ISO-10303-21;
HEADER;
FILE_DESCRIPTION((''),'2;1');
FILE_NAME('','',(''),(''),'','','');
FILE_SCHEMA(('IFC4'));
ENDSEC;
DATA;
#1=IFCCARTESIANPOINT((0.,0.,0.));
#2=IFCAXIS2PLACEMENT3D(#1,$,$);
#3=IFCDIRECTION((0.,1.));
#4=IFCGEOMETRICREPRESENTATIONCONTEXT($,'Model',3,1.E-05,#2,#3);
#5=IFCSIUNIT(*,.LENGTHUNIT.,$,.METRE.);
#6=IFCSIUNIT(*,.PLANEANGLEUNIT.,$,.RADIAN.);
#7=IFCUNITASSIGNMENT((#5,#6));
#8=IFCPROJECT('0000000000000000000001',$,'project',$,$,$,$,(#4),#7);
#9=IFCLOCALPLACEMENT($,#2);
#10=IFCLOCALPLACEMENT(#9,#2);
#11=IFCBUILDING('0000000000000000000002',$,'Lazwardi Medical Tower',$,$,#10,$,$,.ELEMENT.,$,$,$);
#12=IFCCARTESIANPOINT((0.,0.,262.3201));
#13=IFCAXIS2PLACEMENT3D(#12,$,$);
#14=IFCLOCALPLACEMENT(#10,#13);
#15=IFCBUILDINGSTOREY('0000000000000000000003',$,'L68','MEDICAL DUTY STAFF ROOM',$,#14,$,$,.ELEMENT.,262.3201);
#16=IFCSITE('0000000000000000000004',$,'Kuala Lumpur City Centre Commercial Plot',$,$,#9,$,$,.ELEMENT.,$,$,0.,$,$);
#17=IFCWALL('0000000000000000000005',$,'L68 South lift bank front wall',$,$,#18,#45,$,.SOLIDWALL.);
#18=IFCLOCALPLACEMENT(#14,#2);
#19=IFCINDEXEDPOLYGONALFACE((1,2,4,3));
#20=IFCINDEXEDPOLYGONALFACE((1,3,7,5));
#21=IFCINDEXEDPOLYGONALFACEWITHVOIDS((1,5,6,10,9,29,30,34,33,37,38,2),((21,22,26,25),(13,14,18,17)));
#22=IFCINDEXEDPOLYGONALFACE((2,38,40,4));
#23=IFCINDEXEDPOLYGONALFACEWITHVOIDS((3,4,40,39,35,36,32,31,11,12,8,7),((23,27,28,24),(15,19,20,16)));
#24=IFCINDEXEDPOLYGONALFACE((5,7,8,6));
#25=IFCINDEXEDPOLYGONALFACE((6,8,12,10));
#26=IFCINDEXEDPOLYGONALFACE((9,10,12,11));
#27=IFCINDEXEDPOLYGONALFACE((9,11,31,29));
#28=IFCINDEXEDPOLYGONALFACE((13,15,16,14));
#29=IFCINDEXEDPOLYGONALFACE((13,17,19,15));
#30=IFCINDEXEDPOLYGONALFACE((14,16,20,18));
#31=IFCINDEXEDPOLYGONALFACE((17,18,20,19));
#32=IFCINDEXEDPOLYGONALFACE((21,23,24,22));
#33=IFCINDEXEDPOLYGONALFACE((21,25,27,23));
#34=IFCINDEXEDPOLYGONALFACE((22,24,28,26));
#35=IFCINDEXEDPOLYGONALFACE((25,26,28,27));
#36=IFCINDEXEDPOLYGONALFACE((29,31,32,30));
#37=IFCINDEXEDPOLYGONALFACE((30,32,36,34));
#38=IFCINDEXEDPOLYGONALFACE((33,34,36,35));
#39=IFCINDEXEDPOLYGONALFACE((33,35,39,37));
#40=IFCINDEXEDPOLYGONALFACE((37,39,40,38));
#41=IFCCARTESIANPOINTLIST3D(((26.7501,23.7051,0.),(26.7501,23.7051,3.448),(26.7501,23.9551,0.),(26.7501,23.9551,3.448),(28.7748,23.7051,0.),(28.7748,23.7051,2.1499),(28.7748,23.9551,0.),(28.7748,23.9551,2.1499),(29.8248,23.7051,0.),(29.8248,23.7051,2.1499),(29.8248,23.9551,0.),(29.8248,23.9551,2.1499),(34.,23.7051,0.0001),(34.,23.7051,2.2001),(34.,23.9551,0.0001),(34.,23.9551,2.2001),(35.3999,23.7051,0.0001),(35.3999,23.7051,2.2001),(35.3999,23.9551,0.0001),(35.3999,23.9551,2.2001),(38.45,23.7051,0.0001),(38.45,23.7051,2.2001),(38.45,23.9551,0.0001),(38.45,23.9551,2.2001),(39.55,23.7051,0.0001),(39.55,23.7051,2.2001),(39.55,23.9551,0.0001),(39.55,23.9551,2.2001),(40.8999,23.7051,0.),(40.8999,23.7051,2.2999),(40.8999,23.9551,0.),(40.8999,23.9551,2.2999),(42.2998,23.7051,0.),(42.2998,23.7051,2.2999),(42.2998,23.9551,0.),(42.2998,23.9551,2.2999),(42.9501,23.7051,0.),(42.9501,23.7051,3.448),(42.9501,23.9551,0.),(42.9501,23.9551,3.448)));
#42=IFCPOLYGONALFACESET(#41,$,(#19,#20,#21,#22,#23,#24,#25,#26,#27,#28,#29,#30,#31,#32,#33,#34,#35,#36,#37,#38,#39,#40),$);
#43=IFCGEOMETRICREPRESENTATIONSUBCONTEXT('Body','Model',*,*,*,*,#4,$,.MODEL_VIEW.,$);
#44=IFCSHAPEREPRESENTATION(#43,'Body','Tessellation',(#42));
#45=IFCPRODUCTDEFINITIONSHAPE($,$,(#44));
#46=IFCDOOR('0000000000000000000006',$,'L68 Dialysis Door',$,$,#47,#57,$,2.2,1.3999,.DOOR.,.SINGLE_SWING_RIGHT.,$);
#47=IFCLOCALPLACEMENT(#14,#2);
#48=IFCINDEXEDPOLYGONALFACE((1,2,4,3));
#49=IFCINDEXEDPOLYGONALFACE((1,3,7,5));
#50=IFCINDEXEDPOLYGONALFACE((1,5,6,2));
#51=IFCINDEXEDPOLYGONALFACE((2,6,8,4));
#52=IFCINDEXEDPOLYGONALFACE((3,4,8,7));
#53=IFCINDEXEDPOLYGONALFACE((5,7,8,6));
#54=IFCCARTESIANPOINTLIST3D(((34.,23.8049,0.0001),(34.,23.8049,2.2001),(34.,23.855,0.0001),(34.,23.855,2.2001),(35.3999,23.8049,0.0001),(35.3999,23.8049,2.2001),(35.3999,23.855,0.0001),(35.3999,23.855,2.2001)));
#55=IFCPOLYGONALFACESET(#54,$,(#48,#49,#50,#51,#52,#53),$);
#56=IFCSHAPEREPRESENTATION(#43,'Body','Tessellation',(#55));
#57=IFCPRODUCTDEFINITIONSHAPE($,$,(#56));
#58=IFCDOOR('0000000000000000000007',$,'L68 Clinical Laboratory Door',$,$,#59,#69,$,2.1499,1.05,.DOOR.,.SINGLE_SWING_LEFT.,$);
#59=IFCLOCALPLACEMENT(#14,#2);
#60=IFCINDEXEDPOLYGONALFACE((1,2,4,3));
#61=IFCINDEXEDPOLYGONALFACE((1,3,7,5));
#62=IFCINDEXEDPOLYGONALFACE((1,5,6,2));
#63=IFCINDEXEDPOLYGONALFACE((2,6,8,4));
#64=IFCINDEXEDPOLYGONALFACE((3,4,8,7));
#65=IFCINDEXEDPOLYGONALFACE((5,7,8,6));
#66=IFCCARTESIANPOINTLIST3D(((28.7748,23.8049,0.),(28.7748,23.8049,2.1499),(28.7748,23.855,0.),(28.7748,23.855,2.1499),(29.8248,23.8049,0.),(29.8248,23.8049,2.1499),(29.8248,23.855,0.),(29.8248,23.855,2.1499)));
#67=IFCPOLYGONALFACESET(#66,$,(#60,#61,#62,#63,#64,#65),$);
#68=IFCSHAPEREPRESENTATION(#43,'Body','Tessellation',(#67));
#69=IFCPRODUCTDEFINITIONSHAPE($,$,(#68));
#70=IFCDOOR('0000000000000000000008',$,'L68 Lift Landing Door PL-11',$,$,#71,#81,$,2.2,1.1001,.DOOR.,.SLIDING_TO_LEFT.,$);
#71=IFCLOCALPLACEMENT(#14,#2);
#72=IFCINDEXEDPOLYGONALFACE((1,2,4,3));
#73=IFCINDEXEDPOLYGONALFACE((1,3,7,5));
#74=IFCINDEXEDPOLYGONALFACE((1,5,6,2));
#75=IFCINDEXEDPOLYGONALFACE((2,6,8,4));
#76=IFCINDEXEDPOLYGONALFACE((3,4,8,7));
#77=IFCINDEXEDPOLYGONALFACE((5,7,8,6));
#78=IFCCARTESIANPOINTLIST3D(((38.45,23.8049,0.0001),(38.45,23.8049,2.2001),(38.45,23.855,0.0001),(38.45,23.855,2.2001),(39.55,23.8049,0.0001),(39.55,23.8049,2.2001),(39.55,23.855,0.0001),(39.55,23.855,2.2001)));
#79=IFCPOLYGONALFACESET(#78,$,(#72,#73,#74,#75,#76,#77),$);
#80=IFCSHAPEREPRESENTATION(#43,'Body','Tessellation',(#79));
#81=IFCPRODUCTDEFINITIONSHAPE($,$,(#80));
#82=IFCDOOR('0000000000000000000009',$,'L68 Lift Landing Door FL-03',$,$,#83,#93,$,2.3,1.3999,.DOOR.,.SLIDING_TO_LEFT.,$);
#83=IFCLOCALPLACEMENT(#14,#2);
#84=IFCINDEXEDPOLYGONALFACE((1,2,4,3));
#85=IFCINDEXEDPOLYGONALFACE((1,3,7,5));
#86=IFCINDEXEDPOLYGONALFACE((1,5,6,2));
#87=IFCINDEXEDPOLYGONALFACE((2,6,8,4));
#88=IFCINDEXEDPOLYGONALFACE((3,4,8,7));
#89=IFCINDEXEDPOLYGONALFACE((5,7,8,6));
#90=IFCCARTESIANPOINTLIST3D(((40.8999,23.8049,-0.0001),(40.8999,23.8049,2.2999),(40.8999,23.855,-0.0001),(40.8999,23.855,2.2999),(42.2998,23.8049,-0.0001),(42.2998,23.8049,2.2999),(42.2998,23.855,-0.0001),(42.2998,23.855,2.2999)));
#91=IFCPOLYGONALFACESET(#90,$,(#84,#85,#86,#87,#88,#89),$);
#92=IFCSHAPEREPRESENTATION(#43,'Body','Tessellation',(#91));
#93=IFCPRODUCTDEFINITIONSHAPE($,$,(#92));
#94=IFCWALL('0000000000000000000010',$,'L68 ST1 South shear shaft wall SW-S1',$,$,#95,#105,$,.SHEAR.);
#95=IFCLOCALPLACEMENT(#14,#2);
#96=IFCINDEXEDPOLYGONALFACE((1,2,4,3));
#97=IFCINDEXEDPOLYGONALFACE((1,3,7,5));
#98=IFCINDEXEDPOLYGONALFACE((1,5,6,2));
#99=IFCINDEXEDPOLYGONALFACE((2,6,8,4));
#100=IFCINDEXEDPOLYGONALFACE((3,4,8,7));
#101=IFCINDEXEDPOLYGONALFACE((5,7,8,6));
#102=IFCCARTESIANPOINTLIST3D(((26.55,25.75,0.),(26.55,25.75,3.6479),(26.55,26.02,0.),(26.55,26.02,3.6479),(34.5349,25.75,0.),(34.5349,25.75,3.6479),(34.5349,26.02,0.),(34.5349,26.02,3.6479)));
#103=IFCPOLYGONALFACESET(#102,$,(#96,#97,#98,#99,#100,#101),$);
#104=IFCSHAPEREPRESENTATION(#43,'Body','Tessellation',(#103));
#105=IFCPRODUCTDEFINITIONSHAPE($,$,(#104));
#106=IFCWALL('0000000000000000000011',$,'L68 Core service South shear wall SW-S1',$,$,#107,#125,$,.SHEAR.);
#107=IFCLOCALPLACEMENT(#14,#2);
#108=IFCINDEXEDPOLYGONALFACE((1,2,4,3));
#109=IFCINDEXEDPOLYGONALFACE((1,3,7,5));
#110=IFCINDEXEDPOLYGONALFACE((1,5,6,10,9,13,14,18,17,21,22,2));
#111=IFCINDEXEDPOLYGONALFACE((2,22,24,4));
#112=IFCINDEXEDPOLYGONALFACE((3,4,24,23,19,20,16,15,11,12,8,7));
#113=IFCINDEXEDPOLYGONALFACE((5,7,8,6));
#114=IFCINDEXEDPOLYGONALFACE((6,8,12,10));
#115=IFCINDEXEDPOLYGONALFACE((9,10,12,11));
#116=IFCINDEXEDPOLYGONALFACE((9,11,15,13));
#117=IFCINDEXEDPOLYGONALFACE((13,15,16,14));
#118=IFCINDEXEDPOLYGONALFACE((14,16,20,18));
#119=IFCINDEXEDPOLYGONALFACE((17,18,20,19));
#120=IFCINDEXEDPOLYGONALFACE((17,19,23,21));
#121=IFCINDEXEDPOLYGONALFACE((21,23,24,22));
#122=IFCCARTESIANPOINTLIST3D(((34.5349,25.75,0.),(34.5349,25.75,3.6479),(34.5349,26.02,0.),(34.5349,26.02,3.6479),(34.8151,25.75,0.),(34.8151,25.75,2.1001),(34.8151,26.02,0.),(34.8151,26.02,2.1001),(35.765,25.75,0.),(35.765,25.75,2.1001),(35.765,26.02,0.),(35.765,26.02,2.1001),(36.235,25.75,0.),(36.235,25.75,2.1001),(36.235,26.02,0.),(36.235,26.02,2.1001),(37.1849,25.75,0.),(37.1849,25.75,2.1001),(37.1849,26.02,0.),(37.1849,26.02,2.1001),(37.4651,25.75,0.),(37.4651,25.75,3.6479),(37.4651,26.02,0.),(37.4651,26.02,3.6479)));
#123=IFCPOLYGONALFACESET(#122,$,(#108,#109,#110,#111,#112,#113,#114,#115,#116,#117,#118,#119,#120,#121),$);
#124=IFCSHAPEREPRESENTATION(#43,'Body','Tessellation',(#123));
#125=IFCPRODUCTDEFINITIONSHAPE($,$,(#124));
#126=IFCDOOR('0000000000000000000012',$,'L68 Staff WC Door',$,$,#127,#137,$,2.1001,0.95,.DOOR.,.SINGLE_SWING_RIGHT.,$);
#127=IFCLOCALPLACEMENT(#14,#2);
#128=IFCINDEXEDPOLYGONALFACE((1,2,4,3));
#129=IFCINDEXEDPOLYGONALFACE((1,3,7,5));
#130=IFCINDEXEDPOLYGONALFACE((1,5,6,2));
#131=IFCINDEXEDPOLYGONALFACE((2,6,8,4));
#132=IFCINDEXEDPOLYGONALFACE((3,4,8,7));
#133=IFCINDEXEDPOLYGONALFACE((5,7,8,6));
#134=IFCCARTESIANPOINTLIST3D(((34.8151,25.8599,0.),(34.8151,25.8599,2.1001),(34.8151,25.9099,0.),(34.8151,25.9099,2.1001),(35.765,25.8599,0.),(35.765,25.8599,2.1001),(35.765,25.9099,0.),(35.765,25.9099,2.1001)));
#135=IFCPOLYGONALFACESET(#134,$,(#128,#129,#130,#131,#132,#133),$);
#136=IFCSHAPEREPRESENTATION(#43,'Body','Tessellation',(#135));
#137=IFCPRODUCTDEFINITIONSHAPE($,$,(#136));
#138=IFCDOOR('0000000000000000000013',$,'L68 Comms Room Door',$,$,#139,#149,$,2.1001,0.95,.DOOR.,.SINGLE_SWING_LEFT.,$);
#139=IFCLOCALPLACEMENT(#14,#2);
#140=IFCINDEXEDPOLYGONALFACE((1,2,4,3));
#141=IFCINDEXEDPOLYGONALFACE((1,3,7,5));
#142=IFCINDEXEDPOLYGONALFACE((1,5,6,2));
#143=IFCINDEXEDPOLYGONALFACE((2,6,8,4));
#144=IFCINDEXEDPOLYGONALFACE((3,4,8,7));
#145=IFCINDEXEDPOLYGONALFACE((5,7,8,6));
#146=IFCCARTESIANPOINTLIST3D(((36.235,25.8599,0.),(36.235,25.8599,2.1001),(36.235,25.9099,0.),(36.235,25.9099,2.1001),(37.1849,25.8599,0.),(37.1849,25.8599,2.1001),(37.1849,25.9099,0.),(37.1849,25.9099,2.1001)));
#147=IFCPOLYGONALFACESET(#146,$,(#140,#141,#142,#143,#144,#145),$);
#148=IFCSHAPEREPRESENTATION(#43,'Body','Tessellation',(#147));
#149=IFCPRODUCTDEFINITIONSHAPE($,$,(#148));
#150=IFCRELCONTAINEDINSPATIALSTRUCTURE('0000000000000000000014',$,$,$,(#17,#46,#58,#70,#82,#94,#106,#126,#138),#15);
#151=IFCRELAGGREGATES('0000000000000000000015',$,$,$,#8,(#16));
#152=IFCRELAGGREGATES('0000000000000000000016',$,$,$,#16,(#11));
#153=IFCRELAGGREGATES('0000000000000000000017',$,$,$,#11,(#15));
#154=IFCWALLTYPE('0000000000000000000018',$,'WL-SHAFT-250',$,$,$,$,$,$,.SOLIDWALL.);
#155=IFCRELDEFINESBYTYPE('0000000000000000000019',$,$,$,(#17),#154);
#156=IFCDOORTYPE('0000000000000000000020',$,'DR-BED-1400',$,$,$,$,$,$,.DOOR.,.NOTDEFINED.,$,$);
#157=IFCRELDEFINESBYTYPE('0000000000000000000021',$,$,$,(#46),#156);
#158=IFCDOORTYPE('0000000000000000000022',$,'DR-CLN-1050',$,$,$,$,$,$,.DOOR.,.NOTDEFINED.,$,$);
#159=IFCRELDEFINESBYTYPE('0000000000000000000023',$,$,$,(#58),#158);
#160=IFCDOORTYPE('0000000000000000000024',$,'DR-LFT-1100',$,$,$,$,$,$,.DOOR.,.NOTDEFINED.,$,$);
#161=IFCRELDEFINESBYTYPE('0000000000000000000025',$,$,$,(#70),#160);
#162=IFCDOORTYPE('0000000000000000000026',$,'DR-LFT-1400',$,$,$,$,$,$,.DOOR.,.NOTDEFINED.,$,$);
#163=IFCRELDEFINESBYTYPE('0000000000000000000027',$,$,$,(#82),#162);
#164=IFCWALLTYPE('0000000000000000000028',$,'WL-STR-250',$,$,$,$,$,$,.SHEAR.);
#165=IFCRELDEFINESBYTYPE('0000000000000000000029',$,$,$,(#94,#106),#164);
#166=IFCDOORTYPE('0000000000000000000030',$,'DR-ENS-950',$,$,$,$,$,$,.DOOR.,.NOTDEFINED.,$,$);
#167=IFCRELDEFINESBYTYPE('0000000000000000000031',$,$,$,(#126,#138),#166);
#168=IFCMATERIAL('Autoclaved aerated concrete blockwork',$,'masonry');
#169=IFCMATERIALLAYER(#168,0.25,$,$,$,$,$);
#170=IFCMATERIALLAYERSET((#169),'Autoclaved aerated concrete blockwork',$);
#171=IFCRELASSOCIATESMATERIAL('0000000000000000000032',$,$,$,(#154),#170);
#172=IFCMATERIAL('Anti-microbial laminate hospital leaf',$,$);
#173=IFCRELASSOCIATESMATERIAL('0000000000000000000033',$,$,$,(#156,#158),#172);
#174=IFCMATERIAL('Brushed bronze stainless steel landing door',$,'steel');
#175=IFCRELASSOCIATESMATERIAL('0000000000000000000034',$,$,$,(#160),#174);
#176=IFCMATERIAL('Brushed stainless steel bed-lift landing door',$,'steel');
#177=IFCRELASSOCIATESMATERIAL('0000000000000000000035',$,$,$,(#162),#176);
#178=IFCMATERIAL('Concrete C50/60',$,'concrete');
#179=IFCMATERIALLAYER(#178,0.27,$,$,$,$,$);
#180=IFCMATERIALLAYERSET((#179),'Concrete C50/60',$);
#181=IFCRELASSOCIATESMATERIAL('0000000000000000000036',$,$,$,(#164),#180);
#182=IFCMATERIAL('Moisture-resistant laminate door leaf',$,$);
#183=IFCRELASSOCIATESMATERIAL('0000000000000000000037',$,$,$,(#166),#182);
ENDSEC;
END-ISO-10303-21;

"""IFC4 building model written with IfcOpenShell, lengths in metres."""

from ifc_helpers import new_model, si_unit, direction, frame, frame_2d, origin, place, context, subcontext, project, spatial, rectangle, extrude, material, layer, layer_set, type_object, element, fill, save


model = new_model("IFC4")

# Units and contexts
model_context = context("Model", 3, precision=1e-05, world=origin(), true_north=direction((0.0, 1.0)))
body_context = subcontext(model_context, "Body", "Model", "MODEL_VIEW")
ifc_project = project(units=[si_unit("LENGTHUNIT", "METRE"), si_unit("PLANEANGLEUNIT", "RADIAN")], contexts=[model_context])

# Site, building, storey
site_placement = place(None, origin())
site = spatial("IfcSite", under=ifc_project, at=site_placement, Name="Kuala Lumpur City Centre Commercial Plot", CompositionType="ELEMENT", RefElevation=0.0)
building_placement = place(site_placement, origin())
building = spatial("IfcBuilding", under=site, at=building_placement, Name="Lazwardi Medical Tower", CompositionType="ELEMENT")
storey_placement = place(building_placement, frame((0.0, 0.0, 262.3201)))
storey = spatial("IfcBuildingStorey", under=building, at=storey_placement, Name="L68", Description="MEDICAL DUTY STAFF ROOM", CompositionType="ELEMENT", Elevation=262.3201)

# Wall, openings, doors
ifc_material_1 = material(Name="Autoclaved aerated concrete blockwork", Category="masonry")
ifc_layer_1 = layer(ifc_material_1, 0.25)
ifc_layer_set_1 = layer_set([ifc_layer_1], Name="Autoclaved aerated concrete blockwork")
wall_type_1 = type_object("IfcWallType", Name="WL-SHAFT-250", PredefinedType="SOLIDWALL", material=ifc_layer_set_1)
wall_1_placement = place(storey_placement, frame((26.75, 23.8301, 0.0), z_axis=(0.0, 0.0, 1.0), x_axis=(1.0, 0.0, 0.0)))
wall_1 = element("IfcWall", 1, at=wall_1_placement, inside=storey, type_object=wall_type_1, Name="L68 South lift bank front wall", PredefinedType="SOLIDWALL", context=body_context, shape_type="SweptSolid", body=[
    extrude(rectangle(XDim=16.2, YDim=0.25, at=frame_2d((8.1001, 0.0))), origin(), (0.0, 0.0, 1.0), 3.448),
])
opening_1_placement = place(wall_1_placement, frame((2.0249, 0.0, 0.0)))
opening_1 = element("IfcOpeningElement", 2, at=opening_1_placement, cuts=wall_1, PredefinedType="OPENING", context=body_context, shape_type="SweptSolid", body=[
    extrude(rectangle(XDim=1.05, YDim=2.1499, at=frame_2d((0.5249, 1.075))), frame((0.0, 0.135, 0.0), z_axis=(0.0, -1.0, 0.0), x_axis=(1.0, 0.0, 0.0)), (0.0, 0.0, 1.0), 0.27),
])
opening_2_placement = place(wall_1_placement, frame((7.25, 0.0, 0.0)))
opening_2 = element("IfcOpeningElement", 3, at=opening_2_placement, cuts=wall_1, PredefinedType="OPENING", context=body_context, shape_type="SweptSolid", body=[
    extrude(rectangle(XDim=1.3999, YDim=2.2, at=frame_2d((0.7, 1.1001))), frame((0.0, 0.135, 0.0), z_axis=(0.0, -1.0, 0.0), x_axis=(1.0, 0.0, 0.0)), (0.0, 0.0, 1.0), 0.27),
])
opening_3_placement = place(wall_1_placement, frame((11.7, 0.0, 0.0)))
opening_3 = element("IfcOpeningElement", 4, at=opening_3_placement, cuts=wall_1, PredefinedType="OPENING", context=body_context, shape_type="SweptSolid", body=[
    extrude(rectangle(XDim=1.1001, YDim=2.2, at=frame_2d((0.55, 1.1001))), frame((0.0, 0.135, 0.0), z_axis=(0.0, -1.0, 0.0), x_axis=(1.0, 0.0, 0.0)), (0.0, 0.0, 1.0), 0.27),
])
opening_4_placement = place(wall_1_placement, frame((14.1499, 0.0, 0.0)))
opening_4 = element("IfcOpeningElement", 5, at=opening_4_placement, cuts=wall_1, PredefinedType="OPENING", context=body_context, shape_type="SweptSolid", body=[
    extrude(rectangle(XDim=1.3999, YDim=2.3, at=frame_2d((0.7, 1.1499))), frame((0.0, 0.135, 0.0), z_axis=(0.0, -1.0, 0.0), x_axis=(1.0, 0.0, 0.0)), (0.0, 0.0, 1.0), 0.27),
])
ifc_material_2 = material(Name="Anti-microbial laminate hospital leaf")
door_type_1 = type_object("IfcDoorType", Name="DR-BED-1400", OperationType="NOTDEFINED", PredefinedType="DOOR", material=ifc_material_2)
door_1_placement = place(opening_2_placement, origin())
door_1 = element("IfcDoor", 6, at=door_1_placement, inside=storey, type_object=door_type_1, Name="L68 Dialysis Door", OperationType="SINGLE_SWING_RIGHT", OverallHeight=2.2, OverallWidth=1.3999, PredefinedType="DOOR", context=body_context, shape_type="SweptSolid", body=[
    extrude(rectangle(XDim=1.3999, YDim=2.2, at=frame_2d((0.7, 1.1001))), frame((0.0, 0.0249, 0.0), z_axis=(0.0, -1.0, 0.0), x_axis=(1.0, 0.0, 0.0)), (0.0, 0.0, 1.0), 0.05),
])
fill(opening_2, door_1)
door_type_2 = type_object("IfcDoorType", Name="DR-CLN-1050", OperationType="NOTDEFINED", PredefinedType="DOOR", material=ifc_material_2)
door_2_placement = place(opening_1_placement, origin())
door_2 = element("IfcDoor", 7, at=door_2_placement, inside=storey, type_object=door_type_2, Name="L68 Clinical Laboratory Door", OperationType="SINGLE_SWING_LEFT", OverallHeight=2.1499, OverallWidth=1.05, PredefinedType="DOOR", context=body_context, shape_type="SweptSolid", body=[
    extrude(rectangle(XDim=1.05, YDim=2.1499, at=frame_2d((0.5249, 1.075))), frame((0.0, 0.0249, 0.0), z_axis=(0.0, -1.0, 0.0), x_axis=(1.0, 0.0, 0.0)), (0.0, 0.0, 1.0), 0.05),
])
fill(opening_1, door_2)
ifc_material_3 = material(Name="Brushed bronze stainless steel landing door", Category="steel")
door_type_3 = type_object("IfcDoorType", Name="DR-LFT-1100", OperationType="NOTDEFINED", PredefinedType="DOOR", material=ifc_material_3)
door_3_placement = place(opening_3_placement, origin())
door_3 = element("IfcDoor", 8, at=door_3_placement, inside=storey, type_object=door_type_3, Name="L68 Lift Landing Door PL-11", OperationType="SLIDING_TO_LEFT", OverallHeight=2.2, OverallWidth=1.1001, PredefinedType="DOOR", context=body_context, shape_type="SweptSolid", body=[
    extrude(rectangle(XDim=1.1001, YDim=2.2, at=frame_2d((0.55, 1.1001))), frame((0.0, 0.0249, 0.0), z_axis=(0.0, -1.0, 0.0), x_axis=(1.0, 0.0, 0.0)), (0.0, 0.0, 1.0), 0.05),
])
fill(opening_3, door_3)
ifc_material_4 = material(Name="Brushed stainless steel bed-lift landing door", Category="steel")
door_type_4 = type_object("IfcDoorType", Name="DR-LFT-1400", OperationType="NOTDEFINED", PredefinedType="DOOR", material=ifc_material_4)
door_4_placement = place(opening_4_placement, origin())
door_4 = element("IfcDoor", 9, at=door_4_placement, inside=storey, type_object=door_type_4, Name="L68 Lift Landing Door FL-03", OperationType="SLIDING_TO_LEFT", OverallHeight=2.3, OverallWidth=1.3999, PredefinedType="DOOR", context=body_context, shape_type="SweptSolid", body=[
    extrude(rectangle(XDim=1.3999, YDim=2.3, at=frame_2d((0.7, 1.1499))), frame((0.0, 0.0249, 0.0), z_axis=(0.0, -1.0, 0.0), x_axis=(1.0, 0.0, 0.0)), (0.0, 0.0, 1.0), 0.05),
])
fill(opening_4, door_4)

# Wall
ifc_material_5 = material(Name="Concrete C50/60", Category="concrete")
ifc_layer_2 = layer(ifc_material_5, 0.27)
ifc_layer_set_2 = layer_set([ifc_layer_2], Name="Concrete C50/60")
wall_type_2 = type_object("IfcWallType", Name="WL-STR-250", PredefinedType="SHEAR", material=ifc_layer_set_2)
wall_2_placement = place(storey_placement, frame((26.55, 25.885, 0.0), z_axis=(0.0, 0.0, 1.0), x_axis=(1.0, 0.0, 0.0)))
element("IfcWall", 10, at=wall_2_placement, inside=storey, type_object=wall_type_2, Name="L68 ST1 South shear shaft wall SW-S1", PredefinedType="SHEAR", context=body_context, shape_type="SweptSolid", body=[
    extrude(rectangle(XDim=7.9849, YDim=0.27, at=frame_2d((3.9924, 0.0))), origin(), (0.0, 0.0, 1.0), 3.6479),
])

# Wall, openings, doors
wall_3_placement = place(storey_placement, frame((34.5349, 25.885, 0.0), z_axis=(0.0, 0.0, 1.0), x_axis=(1.0, 0.0, 0.0)))
wall_3 = element("IfcWall", 11, at=wall_3_placement, inside=storey, type_object=wall_type_2, Name="L68 Core service South shear wall SW-S1", PredefinedType="SHEAR", context=body_context, shape_type="SweptSolid", body=[
    extrude(rectangle(XDim=2.9302, YDim=0.27, at=frame_2d((1.4651, 0.0))), origin(), (0.0, 0.0, 1.0), 3.6479),
])
opening_5_placement = place(wall_3_placement, frame((0.28, 0.0, 0.0)))
opening_5 = element("IfcOpeningElement", 12, at=opening_5_placement, cuts=wall_3, PredefinedType="OPENING", context=body_context, shape_type="SweptSolid", body=[
    extrude(rectangle(XDim=0.95, YDim=2.1001, at=frame_2d((0.4751, 1.05))), frame((0.0, 0.145, 0.0), z_axis=(0.0, -1.0, 0.0), x_axis=(1.0, 0.0, 0.0)), (0.0, 0.0, 1.0), 0.29),
])
opening_6_placement = place(wall_3_placement, frame((1.7, 0.0, 0.0)))
opening_6 = element("IfcOpeningElement", 13, at=opening_6_placement, cuts=wall_3, PredefinedType="OPENING", context=body_context, shape_type="SweptSolid", body=[
    extrude(rectangle(XDim=0.95, YDim=2.1001, at=frame_2d((0.4751, 1.05))), frame((0.0, 0.145, 0.0), z_axis=(0.0, -1.0, 0.0), x_axis=(1.0, 0.0, 0.0)), (0.0, 0.0, 1.0), 0.29),
])
ifc_material_6 = material(Name="Moisture-resistant laminate door leaf")
door_type_5 = type_object("IfcDoorType", Name="DR-ENS-950", OperationType="NOTDEFINED", PredefinedType="DOOR", material=ifc_material_6)
door_5_placement = place(opening_5_placement, origin())
door_5 = element("IfcDoor", 14, at=door_5_placement, inside=storey, type_object=door_type_5, Name="L68 Staff WC Door", OperationType="SINGLE_SWING_RIGHT", OverallHeight=2.1001, OverallWidth=0.95, PredefinedType="DOOR", context=body_context, shape_type="SweptSolid", body=[
    extrude(rectangle(XDim=0.95, YDim=2.1001, at=frame_2d((0.4751, 1.05))), frame((0.0, 0.0249, 0.0), z_axis=(0.0, -1.0, 0.0), x_axis=(1.0, 0.0, 0.0)), (0.0, 0.0, 1.0), 0.05),
])
fill(opening_5, door_5)
door_6_placement = place(opening_6_placement, origin())
door_6 = element("IfcDoor", 15, at=door_6_placement, inside=storey, type_object=door_type_5, Name="L68 Comms Room Door", OperationType="SINGLE_SWING_LEFT", OverallHeight=2.1001, OverallWidth=0.95, PredefinedType="DOOR", context=body_context, shape_type="SweptSolid", body=[
    extrude(rectangle(XDim=0.95, YDim=2.1001, at=frame_2d((0.4751, 1.05))), frame((0.0, 0.0249, 0.0), z_axis=(0.0, -1.0, 0.0), x_axis=(1.0, 0.0, 0.0)), (0.0, 0.0, 1.0), 0.05),
])
fill(opening_6, door_6)

save(model, "model.ifc")
